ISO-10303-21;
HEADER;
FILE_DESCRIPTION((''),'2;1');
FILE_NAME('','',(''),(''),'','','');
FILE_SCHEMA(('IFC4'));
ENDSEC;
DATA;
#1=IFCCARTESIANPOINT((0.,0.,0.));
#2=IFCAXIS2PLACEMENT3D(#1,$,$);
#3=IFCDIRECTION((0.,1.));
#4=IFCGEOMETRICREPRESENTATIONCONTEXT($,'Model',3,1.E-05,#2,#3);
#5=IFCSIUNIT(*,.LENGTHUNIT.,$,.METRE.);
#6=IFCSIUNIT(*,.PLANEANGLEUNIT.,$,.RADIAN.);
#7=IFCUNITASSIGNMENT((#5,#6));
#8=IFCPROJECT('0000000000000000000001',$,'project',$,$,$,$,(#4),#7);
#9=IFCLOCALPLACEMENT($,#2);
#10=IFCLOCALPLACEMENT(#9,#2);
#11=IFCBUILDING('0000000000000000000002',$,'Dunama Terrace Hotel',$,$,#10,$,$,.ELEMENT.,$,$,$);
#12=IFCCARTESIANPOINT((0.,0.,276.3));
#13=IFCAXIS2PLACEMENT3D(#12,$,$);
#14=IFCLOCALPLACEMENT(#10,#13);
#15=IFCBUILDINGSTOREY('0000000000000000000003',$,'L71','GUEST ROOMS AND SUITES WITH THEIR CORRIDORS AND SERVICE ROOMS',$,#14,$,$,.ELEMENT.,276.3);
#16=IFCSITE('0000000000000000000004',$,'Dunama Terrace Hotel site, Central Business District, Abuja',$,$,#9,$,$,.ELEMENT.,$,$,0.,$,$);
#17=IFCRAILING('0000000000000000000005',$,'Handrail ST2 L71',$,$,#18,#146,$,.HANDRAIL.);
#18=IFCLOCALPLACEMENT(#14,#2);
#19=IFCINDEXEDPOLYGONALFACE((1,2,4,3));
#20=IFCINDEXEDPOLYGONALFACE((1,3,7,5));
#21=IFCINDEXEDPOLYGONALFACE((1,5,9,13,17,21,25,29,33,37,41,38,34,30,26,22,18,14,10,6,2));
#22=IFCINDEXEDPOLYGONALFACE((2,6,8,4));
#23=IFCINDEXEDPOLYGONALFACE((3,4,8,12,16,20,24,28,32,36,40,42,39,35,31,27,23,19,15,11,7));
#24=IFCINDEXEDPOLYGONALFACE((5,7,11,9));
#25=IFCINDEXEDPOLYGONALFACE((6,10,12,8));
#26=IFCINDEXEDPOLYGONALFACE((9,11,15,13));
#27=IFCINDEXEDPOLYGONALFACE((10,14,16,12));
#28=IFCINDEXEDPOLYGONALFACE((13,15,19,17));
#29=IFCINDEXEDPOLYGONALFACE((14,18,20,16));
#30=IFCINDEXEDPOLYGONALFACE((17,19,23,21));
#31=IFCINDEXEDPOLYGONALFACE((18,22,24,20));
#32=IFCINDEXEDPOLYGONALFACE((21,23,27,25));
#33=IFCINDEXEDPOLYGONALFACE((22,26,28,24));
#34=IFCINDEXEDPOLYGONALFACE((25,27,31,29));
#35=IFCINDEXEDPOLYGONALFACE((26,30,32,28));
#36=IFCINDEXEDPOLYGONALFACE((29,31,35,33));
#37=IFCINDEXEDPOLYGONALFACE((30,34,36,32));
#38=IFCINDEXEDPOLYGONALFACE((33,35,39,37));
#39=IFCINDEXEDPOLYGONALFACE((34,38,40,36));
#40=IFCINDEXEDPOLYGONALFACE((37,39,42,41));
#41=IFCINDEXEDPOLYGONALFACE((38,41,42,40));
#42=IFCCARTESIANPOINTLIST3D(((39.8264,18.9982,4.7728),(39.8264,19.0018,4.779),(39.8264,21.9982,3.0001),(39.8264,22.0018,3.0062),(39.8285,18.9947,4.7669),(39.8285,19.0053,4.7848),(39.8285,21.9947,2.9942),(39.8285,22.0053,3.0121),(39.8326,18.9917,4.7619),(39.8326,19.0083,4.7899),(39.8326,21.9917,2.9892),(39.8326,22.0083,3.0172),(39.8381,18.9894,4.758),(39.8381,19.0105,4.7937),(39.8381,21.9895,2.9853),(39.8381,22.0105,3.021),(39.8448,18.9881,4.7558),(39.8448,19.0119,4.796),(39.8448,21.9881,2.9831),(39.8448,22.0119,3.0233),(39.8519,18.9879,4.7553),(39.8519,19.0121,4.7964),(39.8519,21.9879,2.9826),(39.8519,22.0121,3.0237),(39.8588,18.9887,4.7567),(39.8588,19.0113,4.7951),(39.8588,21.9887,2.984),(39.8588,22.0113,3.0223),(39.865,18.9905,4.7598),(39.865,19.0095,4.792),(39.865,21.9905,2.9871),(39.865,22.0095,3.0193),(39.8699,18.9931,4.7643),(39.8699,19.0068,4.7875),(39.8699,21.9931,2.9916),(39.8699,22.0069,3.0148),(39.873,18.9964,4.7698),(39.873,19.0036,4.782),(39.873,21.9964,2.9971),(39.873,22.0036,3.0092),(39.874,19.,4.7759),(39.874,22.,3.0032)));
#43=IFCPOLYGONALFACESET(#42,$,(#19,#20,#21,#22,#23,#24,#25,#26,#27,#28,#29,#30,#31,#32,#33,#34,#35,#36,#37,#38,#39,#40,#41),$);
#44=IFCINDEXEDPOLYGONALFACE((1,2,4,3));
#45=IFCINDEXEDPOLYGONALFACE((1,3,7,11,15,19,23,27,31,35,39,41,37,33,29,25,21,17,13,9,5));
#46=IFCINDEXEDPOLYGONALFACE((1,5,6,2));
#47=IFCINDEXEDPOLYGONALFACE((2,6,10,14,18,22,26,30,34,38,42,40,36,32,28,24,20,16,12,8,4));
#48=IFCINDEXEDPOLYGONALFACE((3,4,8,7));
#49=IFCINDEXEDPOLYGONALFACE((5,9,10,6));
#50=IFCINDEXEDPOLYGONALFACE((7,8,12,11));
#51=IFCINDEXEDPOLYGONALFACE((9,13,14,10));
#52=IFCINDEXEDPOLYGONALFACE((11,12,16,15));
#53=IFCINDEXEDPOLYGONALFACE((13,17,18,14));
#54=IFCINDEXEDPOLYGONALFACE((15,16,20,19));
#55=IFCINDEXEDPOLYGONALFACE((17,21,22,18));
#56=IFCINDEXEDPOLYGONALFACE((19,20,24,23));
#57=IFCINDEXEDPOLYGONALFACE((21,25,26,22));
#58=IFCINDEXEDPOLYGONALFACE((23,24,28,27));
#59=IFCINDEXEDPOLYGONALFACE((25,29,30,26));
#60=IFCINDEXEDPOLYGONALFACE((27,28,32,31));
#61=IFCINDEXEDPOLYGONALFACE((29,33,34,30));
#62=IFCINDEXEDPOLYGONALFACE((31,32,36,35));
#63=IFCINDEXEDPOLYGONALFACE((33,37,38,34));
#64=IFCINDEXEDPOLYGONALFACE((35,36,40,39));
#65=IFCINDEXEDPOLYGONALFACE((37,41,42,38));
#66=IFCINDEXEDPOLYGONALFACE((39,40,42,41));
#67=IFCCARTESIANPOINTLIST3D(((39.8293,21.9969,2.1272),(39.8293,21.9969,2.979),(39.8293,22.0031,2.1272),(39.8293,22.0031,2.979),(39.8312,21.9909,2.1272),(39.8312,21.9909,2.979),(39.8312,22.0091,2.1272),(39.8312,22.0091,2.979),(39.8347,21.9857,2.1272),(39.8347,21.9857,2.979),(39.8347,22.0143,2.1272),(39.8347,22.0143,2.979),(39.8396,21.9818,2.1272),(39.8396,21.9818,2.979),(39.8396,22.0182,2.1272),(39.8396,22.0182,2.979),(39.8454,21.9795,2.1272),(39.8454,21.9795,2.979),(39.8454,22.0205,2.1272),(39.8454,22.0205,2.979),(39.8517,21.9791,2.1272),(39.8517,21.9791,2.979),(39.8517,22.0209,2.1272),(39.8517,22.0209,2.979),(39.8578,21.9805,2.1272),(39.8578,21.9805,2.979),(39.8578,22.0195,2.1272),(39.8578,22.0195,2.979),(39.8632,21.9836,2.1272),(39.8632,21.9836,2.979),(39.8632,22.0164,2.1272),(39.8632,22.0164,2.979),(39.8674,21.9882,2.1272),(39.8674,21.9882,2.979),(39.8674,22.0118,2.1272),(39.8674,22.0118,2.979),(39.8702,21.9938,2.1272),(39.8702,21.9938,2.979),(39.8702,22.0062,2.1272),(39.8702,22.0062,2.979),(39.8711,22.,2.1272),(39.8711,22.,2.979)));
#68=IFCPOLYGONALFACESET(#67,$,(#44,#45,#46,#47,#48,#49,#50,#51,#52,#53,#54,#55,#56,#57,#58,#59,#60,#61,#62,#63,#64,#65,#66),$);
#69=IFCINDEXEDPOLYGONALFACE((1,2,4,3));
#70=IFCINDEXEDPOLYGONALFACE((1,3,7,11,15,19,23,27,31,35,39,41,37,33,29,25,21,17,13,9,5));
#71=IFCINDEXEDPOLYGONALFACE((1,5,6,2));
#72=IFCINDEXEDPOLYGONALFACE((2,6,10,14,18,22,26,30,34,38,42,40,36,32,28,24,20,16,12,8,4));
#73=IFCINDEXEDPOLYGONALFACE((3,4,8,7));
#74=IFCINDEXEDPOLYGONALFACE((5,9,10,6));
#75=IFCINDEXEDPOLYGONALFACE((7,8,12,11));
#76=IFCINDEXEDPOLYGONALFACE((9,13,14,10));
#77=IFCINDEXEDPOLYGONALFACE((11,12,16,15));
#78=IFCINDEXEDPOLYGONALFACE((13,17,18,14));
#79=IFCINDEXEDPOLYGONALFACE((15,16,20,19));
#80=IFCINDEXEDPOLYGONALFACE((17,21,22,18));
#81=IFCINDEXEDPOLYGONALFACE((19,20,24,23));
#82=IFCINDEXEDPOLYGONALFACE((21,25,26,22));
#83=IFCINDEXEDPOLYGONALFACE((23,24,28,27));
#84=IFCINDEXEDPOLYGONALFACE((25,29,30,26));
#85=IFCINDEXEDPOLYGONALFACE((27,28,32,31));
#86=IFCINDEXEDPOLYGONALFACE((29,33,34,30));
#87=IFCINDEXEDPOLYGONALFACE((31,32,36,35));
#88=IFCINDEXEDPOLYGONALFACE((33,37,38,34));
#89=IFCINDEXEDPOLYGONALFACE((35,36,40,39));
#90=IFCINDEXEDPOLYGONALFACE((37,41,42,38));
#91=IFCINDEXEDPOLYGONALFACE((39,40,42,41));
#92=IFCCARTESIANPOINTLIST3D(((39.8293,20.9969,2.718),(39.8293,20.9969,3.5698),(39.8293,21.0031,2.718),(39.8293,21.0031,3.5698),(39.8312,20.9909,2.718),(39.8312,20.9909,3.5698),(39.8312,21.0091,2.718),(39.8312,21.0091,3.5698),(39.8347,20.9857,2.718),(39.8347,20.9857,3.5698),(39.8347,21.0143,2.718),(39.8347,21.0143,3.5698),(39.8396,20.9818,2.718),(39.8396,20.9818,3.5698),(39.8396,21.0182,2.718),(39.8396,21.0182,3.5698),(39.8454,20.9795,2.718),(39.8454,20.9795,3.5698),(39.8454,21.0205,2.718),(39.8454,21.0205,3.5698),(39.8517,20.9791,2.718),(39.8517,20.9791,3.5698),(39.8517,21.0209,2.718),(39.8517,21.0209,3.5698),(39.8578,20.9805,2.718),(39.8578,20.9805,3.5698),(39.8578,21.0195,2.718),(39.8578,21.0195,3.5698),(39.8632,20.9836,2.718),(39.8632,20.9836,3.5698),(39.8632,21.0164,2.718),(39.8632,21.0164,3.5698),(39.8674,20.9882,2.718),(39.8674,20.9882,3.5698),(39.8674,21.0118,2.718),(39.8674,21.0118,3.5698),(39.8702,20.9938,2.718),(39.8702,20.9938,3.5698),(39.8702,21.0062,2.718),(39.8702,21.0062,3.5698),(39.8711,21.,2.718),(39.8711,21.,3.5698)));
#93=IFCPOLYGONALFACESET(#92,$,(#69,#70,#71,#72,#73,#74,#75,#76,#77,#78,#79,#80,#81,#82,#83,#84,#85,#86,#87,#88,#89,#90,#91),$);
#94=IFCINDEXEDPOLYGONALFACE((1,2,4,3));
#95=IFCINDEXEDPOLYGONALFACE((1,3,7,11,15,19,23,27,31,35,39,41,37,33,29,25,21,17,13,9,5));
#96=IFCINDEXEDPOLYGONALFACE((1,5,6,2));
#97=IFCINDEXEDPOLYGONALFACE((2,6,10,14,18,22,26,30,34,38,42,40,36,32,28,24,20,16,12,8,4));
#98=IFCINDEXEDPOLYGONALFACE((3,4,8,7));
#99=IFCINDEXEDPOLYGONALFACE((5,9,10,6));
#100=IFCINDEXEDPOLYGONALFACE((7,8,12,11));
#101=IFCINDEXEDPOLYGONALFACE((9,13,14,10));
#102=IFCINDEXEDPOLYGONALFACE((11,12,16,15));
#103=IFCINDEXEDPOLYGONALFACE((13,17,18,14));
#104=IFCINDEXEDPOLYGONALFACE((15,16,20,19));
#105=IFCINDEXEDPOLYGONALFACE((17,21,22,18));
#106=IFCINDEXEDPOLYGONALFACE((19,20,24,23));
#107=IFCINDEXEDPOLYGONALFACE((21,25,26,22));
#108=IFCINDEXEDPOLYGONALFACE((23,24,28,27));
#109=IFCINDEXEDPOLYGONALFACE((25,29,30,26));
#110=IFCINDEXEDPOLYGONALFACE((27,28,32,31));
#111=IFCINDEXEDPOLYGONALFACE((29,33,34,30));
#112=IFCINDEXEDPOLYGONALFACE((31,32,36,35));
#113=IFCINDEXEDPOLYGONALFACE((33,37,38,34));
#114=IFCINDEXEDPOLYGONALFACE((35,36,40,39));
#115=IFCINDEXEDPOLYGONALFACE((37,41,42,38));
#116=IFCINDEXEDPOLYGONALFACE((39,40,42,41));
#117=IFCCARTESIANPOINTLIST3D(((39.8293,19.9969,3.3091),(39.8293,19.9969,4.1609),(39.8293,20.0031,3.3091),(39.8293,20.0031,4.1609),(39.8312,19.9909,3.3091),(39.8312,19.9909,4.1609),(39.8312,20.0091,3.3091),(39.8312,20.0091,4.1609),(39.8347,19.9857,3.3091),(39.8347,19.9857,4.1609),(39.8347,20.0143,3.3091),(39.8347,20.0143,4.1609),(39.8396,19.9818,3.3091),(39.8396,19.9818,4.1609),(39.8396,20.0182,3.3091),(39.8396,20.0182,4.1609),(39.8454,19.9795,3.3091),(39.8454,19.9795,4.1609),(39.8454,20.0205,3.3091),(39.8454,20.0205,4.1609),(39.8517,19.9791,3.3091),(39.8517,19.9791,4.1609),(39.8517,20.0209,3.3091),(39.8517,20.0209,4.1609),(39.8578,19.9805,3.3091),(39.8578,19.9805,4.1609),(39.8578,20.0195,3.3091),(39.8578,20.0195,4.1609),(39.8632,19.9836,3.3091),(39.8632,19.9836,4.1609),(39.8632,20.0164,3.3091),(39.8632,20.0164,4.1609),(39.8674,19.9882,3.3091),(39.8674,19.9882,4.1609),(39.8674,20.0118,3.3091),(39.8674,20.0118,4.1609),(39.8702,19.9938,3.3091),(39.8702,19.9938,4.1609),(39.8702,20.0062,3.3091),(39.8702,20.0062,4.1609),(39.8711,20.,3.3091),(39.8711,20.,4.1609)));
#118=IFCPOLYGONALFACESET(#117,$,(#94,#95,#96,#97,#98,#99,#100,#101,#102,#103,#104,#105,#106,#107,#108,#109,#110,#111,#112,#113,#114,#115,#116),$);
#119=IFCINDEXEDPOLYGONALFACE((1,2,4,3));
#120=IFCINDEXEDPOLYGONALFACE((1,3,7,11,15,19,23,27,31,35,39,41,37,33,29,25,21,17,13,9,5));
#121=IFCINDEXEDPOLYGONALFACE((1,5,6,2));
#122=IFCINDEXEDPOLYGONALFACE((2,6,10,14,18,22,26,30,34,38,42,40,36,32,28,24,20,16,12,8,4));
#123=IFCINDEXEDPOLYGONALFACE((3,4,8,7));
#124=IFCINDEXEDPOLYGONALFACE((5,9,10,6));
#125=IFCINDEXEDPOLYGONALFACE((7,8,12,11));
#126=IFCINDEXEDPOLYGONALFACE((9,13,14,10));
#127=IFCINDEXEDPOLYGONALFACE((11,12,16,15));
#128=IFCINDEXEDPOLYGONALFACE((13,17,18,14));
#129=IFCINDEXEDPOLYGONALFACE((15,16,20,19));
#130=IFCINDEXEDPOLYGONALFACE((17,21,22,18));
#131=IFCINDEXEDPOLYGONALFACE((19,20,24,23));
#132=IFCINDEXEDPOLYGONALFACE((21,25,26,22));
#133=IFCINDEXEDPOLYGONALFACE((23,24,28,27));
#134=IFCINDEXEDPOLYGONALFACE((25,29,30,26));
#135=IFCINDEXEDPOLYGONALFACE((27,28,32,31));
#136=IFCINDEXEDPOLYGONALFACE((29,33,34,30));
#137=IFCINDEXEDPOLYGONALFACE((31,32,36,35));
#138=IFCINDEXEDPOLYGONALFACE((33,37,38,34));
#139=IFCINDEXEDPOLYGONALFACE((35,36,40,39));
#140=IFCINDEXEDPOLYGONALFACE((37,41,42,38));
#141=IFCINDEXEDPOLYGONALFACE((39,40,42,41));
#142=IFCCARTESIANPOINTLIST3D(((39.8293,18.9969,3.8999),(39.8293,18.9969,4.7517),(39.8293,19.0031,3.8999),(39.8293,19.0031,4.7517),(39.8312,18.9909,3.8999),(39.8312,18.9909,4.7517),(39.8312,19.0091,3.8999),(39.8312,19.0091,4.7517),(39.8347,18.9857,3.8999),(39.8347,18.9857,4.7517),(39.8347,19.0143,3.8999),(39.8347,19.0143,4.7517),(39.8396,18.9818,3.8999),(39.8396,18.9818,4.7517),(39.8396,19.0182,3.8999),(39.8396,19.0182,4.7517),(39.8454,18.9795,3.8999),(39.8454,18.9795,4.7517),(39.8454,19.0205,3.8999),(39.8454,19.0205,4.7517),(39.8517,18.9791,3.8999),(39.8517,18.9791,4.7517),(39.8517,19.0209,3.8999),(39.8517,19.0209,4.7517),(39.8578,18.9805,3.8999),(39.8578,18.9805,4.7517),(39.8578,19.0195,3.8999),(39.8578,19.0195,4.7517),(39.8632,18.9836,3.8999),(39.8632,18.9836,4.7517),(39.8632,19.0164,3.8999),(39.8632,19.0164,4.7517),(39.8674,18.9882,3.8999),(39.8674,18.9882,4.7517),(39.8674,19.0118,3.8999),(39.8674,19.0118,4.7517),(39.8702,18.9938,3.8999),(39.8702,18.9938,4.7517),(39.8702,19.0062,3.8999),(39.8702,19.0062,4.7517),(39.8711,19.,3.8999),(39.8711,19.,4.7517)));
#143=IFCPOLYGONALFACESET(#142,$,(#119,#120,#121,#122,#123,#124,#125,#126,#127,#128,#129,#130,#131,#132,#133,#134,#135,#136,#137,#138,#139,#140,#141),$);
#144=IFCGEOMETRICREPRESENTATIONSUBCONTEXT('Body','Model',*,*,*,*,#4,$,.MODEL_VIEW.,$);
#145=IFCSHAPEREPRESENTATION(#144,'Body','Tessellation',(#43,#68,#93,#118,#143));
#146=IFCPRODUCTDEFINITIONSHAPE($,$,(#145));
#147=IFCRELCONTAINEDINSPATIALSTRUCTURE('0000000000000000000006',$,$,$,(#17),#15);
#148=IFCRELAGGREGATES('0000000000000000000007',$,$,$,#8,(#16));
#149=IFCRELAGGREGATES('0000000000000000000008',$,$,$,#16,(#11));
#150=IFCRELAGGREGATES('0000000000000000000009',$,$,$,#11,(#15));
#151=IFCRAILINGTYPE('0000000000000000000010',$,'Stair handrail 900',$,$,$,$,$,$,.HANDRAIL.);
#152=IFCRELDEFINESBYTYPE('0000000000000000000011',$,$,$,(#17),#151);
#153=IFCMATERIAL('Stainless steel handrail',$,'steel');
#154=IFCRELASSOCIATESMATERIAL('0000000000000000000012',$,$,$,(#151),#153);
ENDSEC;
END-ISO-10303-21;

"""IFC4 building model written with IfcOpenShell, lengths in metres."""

from ifc_helpers import new_model, si_unit, direction, frame, origin, origin_2d, place, context, subcontext, project, spatial, circle, extrude, material, type_object, element, save


model = new_model("IFC4")

# Units and contexts
model_context = context("Model", 3, precision=1e-05, world=origin(), true_north=direction((0.0, 1.0)))
body_context = subcontext(model_context, "Body", "Model", "MODEL_VIEW")
ifc_project = project(units=[si_unit("LENGTHUNIT", "METRE"), si_unit("PLANEANGLEUNIT", "RADIAN")], contexts=[model_context])

# Site, building, storey
site_placement = place(None, origin())
site = spatial("IfcSite", under=ifc_project, at=site_placement, Name="Dunama Terrace Hotel site, Central Business District, Abuja", CompositionType="ELEMENT", RefElevation=0.0)
building_placement = place(site_placement, origin())
building = spatial("IfcBuilding", under=site, at=building_placement, Name="Dunama Terrace Hotel", CompositionType="ELEMENT")
storey_placement = place(building_placement, frame((0.0, 0.0, 276.3)))
storey = spatial("IfcBuildingStorey", under=building, at=storey_placement, Name="L71", Description="GUEST ROOMS AND SUITES WITH THEIR CORRIDORS AND SERVICE ROOMS", CompositionType="ELEMENT", Elevation=276.3)

# Railing
ifc_material_1 = material(Name="Stainless steel handrail", Category="steel")
railing_type_1 = type_object("IfcRailingType", Name="Stair handrail 900", PredefinedType="HANDRAIL", material=ifc_material_1)
railing_1_placement = place(storey_placement, frame((39.8501, 22.0, 2.1272)))
element("IfcRailing", 1, at=railing_1_placement, inside=storey, type_object=railing_type_1, Name="Handrail ST2 L71", PredefinedType="HANDRAIL", context=body_context, shape_type="SweptSolid", body=[
    extrude(circle(Radius=0.0239, at=origin_2d()), frame((0.0, 0.0, 0.876), z_axis=(0.0, -0.860929, 0.508725), x_axis=(1.0, 0.0, 0.0)), (0.0, 0.0, 1.0), 3.4846),
    extrude(circle(Radius=0.021, at=origin_2d()), origin(), (0.0, 0.0, 1.0), 0.8518),
    extrude(circle(Radius=0.021, at=origin_2d()), frame((0.0, -1.0, 0.5908)), (0.0, 0.0, 1.0), 0.8518),
    extrude(circle(Radius=0.021, at=origin_2d()), frame((0.0, -2.0, 1.1819)), (0.0, 0.0, 1.0), 0.8518),
    extrude(circle(Radius=0.021, at=origin_2d()), frame((0.0, -3.0, 1.7727)), (0.0, 0.0, 1.0), 0.8518),
])

save(model, "model.ifc")
